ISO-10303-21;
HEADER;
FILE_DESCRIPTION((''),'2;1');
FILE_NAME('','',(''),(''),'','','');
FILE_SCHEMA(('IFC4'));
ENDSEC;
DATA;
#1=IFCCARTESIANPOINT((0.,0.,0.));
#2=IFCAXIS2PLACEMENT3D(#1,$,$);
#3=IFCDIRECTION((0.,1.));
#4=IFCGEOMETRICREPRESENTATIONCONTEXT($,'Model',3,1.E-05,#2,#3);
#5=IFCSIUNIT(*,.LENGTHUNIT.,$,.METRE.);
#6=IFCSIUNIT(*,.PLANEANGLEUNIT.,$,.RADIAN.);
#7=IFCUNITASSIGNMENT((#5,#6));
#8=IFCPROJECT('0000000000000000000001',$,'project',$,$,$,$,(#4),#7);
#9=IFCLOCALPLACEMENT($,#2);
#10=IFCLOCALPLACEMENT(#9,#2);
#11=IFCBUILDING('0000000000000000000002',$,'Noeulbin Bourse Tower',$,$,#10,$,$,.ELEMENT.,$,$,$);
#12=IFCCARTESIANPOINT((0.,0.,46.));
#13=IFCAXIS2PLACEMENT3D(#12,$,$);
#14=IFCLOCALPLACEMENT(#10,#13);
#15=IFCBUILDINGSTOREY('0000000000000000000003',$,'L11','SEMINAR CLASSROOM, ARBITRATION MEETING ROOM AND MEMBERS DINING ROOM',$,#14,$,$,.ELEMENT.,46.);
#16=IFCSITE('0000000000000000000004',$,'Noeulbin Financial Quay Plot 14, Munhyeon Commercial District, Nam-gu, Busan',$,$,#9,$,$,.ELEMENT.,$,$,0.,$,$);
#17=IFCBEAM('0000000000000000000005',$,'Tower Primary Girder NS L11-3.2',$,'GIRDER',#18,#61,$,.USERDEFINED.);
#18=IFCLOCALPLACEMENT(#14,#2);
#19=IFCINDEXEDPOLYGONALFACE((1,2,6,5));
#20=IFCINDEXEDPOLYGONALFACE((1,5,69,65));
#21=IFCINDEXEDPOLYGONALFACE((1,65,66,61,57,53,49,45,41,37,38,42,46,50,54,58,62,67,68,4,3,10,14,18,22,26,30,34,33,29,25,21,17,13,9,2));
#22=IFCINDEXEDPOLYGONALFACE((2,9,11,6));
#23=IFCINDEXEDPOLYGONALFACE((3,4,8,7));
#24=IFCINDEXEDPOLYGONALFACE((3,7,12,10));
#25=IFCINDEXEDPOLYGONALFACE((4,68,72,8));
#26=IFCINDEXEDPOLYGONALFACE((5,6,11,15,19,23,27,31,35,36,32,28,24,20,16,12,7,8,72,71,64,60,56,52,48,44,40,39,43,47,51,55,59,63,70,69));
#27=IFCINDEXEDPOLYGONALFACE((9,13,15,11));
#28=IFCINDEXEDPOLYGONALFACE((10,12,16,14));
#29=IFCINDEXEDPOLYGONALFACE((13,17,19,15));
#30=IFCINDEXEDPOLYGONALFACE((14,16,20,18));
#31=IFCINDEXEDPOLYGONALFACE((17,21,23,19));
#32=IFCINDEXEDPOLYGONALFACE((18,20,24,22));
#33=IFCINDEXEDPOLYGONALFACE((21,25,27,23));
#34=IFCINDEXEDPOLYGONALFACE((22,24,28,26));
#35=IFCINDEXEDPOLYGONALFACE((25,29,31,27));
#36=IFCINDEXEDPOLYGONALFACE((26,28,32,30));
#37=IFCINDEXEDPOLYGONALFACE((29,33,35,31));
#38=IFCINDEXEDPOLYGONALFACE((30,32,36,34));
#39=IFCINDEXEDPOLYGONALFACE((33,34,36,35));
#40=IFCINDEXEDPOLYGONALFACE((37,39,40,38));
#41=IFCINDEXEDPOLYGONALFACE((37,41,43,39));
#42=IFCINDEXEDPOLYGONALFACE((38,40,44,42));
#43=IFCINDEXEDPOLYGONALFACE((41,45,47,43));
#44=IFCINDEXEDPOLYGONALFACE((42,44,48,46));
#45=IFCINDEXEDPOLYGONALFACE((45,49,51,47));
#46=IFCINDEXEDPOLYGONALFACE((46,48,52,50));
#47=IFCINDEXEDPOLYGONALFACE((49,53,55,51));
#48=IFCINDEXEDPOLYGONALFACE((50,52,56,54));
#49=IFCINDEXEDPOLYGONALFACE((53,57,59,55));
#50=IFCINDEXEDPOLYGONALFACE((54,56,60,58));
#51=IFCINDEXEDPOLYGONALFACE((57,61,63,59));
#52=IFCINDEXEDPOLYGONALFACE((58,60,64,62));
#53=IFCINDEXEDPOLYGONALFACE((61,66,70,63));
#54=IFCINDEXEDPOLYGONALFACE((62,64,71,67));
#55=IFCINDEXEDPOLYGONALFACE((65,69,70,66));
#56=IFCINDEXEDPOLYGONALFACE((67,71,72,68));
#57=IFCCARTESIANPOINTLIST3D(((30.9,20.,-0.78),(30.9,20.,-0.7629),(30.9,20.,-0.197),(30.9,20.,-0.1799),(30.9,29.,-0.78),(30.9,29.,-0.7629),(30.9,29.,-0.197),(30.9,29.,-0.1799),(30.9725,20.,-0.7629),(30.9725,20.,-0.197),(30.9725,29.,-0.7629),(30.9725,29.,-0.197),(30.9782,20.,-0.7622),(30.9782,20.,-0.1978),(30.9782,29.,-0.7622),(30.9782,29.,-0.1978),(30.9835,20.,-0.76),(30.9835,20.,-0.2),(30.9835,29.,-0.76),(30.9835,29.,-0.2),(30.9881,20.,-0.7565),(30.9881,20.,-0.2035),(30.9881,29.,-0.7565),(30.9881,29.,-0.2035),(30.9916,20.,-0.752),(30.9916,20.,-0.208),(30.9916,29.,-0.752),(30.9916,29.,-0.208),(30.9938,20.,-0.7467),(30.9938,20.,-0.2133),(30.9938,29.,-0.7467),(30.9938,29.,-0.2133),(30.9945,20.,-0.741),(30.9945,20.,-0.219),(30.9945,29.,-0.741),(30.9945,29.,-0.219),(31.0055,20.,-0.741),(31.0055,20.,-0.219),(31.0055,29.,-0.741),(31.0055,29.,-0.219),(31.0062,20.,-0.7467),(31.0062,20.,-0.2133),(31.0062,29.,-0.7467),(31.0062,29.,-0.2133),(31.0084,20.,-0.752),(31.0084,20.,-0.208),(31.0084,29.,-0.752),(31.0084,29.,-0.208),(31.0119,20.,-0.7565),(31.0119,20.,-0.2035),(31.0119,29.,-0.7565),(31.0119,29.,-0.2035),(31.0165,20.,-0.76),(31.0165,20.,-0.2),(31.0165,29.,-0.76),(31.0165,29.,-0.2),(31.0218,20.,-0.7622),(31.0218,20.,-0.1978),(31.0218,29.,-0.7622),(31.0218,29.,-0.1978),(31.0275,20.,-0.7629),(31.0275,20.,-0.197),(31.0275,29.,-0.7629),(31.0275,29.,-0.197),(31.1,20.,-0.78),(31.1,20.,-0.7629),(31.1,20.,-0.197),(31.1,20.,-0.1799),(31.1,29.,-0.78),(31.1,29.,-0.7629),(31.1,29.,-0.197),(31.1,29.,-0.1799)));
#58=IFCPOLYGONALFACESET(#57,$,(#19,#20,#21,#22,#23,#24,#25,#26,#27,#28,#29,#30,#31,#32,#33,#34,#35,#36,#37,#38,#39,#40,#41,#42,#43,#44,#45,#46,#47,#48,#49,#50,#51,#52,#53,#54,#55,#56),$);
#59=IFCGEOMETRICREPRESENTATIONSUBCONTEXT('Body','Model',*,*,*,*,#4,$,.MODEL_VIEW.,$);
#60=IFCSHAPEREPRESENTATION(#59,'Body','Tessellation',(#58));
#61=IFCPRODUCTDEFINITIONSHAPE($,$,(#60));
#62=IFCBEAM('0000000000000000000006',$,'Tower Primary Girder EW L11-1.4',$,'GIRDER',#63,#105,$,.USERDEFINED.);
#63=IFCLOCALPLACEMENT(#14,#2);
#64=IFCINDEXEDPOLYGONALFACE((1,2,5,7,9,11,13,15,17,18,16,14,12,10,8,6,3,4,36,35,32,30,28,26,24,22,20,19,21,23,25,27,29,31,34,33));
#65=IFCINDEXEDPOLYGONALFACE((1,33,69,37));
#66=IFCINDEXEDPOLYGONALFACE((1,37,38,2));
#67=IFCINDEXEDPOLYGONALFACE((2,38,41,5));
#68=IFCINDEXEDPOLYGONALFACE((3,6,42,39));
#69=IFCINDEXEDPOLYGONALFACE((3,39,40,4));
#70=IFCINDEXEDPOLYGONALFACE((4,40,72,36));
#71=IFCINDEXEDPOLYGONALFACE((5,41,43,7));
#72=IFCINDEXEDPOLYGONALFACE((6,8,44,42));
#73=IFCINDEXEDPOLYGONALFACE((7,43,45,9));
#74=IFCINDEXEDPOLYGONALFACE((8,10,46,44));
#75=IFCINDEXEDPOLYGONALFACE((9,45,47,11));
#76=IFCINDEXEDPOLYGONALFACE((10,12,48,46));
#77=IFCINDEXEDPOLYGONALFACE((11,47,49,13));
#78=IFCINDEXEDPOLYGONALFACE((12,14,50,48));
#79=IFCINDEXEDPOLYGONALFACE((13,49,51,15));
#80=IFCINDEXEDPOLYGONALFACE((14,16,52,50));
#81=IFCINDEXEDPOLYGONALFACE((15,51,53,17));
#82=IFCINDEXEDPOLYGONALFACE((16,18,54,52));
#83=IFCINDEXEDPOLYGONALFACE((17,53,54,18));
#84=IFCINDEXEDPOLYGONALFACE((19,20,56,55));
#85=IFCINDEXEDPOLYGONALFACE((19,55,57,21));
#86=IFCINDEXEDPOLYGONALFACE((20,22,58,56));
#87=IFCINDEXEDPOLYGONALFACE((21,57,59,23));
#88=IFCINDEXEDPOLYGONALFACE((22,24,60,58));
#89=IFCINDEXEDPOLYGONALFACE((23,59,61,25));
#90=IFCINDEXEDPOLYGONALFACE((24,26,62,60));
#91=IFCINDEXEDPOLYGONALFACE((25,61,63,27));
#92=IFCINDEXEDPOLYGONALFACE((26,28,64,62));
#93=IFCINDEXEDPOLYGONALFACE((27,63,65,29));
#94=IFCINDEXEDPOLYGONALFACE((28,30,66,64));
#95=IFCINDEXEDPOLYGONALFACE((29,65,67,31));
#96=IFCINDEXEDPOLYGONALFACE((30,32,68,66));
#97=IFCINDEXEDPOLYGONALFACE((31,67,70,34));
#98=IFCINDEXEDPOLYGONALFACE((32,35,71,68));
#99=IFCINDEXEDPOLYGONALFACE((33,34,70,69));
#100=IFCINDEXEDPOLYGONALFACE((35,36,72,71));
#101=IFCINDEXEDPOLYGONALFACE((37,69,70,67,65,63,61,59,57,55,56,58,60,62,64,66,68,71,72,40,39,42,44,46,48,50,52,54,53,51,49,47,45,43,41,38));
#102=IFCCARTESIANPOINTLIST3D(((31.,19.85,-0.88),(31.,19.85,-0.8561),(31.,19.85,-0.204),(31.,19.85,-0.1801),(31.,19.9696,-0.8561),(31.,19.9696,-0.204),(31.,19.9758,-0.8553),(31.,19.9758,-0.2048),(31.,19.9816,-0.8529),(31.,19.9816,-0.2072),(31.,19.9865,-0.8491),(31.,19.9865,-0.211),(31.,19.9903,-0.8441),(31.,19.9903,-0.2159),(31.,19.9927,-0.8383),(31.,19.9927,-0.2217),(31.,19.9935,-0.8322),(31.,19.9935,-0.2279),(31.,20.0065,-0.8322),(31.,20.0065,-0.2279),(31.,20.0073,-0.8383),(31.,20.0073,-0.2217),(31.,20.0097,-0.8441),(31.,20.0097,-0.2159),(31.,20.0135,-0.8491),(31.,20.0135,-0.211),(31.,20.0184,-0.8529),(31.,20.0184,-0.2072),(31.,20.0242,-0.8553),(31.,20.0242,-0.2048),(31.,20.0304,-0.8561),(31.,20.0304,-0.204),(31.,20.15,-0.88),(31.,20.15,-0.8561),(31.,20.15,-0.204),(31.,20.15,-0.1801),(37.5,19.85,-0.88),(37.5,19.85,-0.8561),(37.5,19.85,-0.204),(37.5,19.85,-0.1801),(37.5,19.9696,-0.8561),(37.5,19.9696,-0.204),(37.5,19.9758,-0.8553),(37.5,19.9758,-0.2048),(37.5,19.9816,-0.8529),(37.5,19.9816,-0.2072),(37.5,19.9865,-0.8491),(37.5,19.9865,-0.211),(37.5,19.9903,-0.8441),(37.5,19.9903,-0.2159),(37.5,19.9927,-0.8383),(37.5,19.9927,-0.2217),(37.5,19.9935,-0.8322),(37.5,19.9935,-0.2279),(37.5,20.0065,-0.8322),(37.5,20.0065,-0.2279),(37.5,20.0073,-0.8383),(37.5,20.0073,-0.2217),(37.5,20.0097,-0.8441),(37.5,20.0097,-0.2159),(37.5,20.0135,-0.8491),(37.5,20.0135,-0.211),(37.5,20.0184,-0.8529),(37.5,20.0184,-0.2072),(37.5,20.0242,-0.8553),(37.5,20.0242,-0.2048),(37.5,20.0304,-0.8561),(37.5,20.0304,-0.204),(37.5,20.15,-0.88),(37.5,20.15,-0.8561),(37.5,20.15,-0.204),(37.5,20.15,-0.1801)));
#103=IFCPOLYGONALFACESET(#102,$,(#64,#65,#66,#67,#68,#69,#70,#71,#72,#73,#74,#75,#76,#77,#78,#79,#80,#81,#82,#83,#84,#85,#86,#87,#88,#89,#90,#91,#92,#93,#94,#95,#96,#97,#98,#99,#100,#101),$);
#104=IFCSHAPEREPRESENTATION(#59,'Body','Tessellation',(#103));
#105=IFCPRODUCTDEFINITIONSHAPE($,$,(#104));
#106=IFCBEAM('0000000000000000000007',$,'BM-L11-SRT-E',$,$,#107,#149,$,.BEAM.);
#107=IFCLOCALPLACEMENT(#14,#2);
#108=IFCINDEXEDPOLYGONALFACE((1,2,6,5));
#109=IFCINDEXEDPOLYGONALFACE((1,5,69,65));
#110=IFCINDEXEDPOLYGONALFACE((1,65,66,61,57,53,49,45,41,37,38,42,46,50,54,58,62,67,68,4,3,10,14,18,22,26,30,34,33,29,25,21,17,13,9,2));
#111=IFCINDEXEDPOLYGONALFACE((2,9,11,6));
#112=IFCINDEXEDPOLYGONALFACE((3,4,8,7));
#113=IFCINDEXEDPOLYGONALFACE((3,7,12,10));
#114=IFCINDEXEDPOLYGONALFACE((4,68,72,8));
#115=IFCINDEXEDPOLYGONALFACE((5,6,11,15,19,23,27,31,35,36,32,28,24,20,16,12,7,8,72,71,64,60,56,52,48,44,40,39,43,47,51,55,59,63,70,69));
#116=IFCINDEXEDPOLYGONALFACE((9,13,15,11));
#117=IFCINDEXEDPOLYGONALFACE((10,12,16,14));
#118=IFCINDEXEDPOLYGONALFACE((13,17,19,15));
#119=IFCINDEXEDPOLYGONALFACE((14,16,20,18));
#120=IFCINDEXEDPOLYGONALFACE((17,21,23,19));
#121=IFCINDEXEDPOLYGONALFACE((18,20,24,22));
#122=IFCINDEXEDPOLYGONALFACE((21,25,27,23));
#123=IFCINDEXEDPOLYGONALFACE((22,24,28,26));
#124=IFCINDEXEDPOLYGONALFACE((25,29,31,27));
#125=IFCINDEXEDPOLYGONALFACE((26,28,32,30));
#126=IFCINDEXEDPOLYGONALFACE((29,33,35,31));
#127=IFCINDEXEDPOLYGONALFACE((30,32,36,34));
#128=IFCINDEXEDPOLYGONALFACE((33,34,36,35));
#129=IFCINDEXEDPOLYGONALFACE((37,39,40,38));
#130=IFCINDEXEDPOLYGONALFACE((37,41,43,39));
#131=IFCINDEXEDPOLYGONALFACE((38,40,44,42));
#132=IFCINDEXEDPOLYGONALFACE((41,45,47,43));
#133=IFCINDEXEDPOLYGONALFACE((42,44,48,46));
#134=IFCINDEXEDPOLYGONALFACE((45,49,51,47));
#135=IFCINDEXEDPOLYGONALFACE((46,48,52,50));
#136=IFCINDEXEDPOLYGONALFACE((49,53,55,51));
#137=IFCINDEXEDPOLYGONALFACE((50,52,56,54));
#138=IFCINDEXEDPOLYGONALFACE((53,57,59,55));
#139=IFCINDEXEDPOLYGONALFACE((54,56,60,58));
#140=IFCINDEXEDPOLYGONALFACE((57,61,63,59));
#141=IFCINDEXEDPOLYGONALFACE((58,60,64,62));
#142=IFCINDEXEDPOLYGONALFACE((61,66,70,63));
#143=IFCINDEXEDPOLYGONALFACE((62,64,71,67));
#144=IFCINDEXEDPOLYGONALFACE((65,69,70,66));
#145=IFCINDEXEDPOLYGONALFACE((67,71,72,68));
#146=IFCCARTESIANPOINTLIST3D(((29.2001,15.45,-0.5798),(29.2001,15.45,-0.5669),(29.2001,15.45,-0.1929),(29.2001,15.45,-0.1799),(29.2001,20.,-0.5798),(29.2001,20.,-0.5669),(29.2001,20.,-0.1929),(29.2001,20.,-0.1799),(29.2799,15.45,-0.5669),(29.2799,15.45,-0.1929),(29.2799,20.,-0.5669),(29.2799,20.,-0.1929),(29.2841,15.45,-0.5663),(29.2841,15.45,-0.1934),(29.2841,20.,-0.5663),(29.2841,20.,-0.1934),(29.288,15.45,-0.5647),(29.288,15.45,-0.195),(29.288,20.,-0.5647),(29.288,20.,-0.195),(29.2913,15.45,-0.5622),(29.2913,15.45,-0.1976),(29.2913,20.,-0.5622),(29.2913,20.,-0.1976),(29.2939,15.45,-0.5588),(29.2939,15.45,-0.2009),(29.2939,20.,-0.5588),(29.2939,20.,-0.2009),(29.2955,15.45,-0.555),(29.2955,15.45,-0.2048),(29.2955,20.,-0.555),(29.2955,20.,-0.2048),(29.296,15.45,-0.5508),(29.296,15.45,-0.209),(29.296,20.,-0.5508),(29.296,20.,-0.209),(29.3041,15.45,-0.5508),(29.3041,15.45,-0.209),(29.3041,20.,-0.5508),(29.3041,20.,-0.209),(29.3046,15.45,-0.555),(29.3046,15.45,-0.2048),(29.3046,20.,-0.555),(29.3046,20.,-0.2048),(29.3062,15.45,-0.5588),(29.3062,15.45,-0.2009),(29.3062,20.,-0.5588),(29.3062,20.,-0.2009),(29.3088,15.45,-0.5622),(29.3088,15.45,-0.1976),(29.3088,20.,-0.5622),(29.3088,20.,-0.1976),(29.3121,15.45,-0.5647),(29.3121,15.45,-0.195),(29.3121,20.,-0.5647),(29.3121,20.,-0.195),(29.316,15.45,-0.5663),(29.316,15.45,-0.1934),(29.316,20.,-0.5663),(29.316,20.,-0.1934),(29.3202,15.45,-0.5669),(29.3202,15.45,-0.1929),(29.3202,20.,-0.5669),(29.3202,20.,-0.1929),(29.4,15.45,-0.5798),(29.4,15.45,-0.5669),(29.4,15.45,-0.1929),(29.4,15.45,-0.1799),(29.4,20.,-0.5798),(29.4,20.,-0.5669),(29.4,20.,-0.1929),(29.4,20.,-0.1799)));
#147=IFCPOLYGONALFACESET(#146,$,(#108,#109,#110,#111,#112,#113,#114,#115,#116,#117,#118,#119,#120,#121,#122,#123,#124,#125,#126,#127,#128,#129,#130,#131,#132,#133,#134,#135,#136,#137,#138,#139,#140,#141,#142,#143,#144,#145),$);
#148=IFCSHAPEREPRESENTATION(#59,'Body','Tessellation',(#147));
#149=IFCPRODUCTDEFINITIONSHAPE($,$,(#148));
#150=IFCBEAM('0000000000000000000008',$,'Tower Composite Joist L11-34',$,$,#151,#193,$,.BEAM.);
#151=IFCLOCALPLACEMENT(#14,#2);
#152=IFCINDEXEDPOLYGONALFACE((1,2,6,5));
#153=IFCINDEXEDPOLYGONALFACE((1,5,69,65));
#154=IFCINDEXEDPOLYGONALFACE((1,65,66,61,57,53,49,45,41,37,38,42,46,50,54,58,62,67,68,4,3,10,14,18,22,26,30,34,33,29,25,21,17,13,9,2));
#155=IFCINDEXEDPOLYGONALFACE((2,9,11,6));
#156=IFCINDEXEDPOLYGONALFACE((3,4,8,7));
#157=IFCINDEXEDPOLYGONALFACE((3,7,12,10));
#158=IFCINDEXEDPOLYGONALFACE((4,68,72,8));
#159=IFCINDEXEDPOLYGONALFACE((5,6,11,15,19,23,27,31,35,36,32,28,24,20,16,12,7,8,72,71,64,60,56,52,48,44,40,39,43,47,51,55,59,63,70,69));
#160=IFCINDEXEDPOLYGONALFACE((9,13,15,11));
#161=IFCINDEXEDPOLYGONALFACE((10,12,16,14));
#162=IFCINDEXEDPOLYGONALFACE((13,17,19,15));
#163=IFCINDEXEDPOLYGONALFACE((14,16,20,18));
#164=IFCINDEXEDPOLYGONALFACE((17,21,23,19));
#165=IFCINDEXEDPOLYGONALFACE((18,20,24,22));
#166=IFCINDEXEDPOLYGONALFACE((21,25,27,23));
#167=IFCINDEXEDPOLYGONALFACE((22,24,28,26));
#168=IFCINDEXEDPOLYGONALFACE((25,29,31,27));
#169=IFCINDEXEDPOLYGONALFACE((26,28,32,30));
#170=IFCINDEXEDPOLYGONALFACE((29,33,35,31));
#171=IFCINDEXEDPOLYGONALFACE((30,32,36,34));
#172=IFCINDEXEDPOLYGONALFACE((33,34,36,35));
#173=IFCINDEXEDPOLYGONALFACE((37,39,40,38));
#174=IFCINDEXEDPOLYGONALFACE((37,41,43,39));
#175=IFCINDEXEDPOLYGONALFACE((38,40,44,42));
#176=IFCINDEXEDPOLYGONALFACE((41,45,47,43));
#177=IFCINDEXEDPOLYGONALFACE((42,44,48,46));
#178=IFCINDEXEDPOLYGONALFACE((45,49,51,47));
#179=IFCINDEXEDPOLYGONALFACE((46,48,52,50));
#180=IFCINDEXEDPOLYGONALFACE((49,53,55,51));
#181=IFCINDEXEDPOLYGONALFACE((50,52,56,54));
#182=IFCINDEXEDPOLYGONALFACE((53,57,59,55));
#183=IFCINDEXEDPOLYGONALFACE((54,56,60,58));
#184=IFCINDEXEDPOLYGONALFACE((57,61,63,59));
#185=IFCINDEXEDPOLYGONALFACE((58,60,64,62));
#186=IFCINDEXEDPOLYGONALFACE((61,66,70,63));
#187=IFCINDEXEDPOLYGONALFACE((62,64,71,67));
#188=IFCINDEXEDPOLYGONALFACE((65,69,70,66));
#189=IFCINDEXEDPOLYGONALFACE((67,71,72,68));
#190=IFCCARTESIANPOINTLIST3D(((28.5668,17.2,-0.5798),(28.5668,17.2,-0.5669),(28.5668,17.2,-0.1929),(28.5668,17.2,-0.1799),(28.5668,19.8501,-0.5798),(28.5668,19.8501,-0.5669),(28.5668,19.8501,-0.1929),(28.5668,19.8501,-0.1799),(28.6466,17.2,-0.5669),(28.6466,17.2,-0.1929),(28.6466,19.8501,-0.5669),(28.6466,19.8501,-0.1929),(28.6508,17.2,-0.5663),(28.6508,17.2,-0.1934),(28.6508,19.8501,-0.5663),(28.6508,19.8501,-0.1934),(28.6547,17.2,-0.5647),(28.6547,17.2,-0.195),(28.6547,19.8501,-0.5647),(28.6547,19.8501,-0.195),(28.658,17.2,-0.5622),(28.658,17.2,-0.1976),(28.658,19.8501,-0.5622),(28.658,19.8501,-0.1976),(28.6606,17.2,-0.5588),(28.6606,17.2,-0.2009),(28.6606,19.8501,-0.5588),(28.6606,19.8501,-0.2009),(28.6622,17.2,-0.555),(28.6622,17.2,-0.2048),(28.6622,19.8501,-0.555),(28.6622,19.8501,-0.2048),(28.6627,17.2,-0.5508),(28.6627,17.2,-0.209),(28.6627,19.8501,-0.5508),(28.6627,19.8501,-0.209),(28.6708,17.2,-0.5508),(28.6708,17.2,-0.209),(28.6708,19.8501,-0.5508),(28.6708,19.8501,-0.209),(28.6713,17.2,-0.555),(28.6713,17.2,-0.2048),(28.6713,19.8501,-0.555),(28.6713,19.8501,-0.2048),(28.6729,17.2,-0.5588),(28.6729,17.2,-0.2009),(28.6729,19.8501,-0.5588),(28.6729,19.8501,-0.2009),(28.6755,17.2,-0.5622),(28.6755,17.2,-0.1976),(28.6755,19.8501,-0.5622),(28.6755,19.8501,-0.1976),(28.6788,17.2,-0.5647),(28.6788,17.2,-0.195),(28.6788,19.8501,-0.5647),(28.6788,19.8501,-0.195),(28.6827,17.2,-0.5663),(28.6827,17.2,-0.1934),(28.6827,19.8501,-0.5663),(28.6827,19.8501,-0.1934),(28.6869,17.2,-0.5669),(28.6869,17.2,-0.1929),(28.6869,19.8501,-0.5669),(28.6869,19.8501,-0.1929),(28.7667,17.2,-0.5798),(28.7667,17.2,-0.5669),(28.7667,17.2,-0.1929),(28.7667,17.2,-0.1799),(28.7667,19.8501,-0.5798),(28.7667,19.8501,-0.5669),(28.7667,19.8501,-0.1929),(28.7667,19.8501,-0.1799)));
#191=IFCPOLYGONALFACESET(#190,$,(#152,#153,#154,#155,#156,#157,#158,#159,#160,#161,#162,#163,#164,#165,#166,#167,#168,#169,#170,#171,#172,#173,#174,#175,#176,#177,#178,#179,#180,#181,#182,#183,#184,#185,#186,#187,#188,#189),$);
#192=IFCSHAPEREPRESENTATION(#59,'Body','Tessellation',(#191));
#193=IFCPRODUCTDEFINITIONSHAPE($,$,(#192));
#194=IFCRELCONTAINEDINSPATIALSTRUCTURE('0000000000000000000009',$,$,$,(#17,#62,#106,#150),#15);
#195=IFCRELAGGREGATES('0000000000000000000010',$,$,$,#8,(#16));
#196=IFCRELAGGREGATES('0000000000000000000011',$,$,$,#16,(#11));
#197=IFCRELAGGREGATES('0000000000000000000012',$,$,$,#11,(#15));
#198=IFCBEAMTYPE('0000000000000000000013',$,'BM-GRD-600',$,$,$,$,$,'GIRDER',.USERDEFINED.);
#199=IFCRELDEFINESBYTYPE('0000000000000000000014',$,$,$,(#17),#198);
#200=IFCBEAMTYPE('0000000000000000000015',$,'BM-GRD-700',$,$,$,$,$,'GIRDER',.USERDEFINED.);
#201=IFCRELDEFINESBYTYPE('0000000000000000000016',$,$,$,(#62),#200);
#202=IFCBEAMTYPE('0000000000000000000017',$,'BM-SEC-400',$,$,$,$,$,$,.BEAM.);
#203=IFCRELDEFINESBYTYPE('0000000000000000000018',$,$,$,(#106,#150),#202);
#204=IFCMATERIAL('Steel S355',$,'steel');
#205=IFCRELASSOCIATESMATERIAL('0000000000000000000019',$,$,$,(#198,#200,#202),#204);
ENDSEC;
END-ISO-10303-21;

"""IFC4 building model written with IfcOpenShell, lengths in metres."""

from ifc_helpers import new_model, si_unit, direction, frame, origin, origin_2d, place, context, subcontext, project, spatial, i_section, extrude, material, material_profile, profile_set, type_object, element, save


model = new_model("IFC4")

# Units and contexts
model_context = context("Model", 3, precision=1e-05, world=origin(), true_north=direction((0.0, 1.0)))
body_context = subcontext(model_context, "Body", "Model", "MODEL_VIEW")
ifc_project = project(units=[si_unit("LENGTHUNIT", "METRE"), si_unit("PLANEANGLEUNIT", "RADIAN")], contexts=[model_context])

# Site, building, storey
site_placement = place(None, origin())
site = spatial("IfcSite", under=ifc_project, at=site_placement, Name="Noeulbin Financial Quay Plot 14, Munhyeon Commercial District, Nam-gu, Busan", CompositionType="ELEMENT", RefElevation=0.0)
building_placement = place(site_placement, origin())
building = spatial("IfcBuilding", under=site, at=building_placement, Name="Noeulbin Bourse Tower", CompositionType="ELEMENT")
storey_placement = place(building_placement, frame((0.0, 0.0, 46.0)))
storey = spatial("IfcBuildingStorey", under=building, at=storey_placement, Name="L11", Description="SEMINAR CLASSROOM, ARBITRATION MEETING ROOM AND MEMBERS DINING ROOM", CompositionType="ELEMENT", Elevation=46.0)

# Beams
ifc_material_1 = material(Name="Steel S355", Category="steel")
ifc_material_profile_1 = material_profile(ifc_material_1, i_section(OverallWidth=0.2, OverallDepth=0.6001, WebThickness=0.011, FlangeThickness=0.0171, FilletRadius=0.022, at=origin_2d()), Name="H-600x200x11x17", Category="LoadBearing")
ifc_profile_set_1 = profile_set([ifc_material_profile_1], Name="Steel S355")
beam_type_1 = type_object("IfcBeamType", Name="BM-GRD-600", ElementType="GIRDER", PredefinedType="USERDEFINED", material=ifc_profile_set_1)
beam_1_placement = place(storey_placement, frame((31.0, 20.0, -0.48), z_axis=(0.0, 1.0, 0.0), x_axis=(-1.0, 0.0, 0.0)))
element("IfcBeam", 1, at=beam_1_placement, inside=storey, type_object=beam_type_1, Name="Tower Primary Girder NS L11-3.2", ObjectType="GIRDER", PredefinedType="USERDEFINED", context=body_context, shape_type="SweptSolid", body=[
    extrude(i_section(OverallWidth=0.2, OverallDepth=0.6001, WebThickness=0.011, FlangeThickness=0.0171, FilletRadius=0.022, at=origin_2d()), origin(), (0.0, 0.0, 1.0), 9.0),
])
ifc_material_profile_2 = material_profile(ifc_material_1, i_section(OverallWidth=0.3, OverallDepth=0.7, WebThickness=0.0129, FlangeThickness=0.0239, FilletRadius=0.0239, at=origin_2d()), Name="H-700x300x13x24", Category="LoadBearing")
ifc_profile_set_2 = profile_set([ifc_material_profile_2], Name="Steel S355")
beam_type_2 = type_object("IfcBeamType", Name="BM-GRD-700", ElementType="GIRDER", PredefinedType="USERDEFINED", material=ifc_profile_set_2)
beam_2_placement = place(storey_placement, frame((31.0, 20.0, -0.53), z_axis=(1.0, 0.0, 0.0), x_axis=(0.0, 1.0, 0.0)))
element("IfcBeam", 2, at=beam_2_placement, inside=storey, type_object=beam_type_2, Name="Tower Primary Girder EW L11-1.4", ObjectType="GIRDER", PredefinedType="USERDEFINED", context=body_context, shape_type="SweptSolid", body=[
    extrude(i_section(OverallWidth=0.3, OverallDepth=0.7, WebThickness=0.0129, FlangeThickness=0.0239, FilletRadius=0.0239, at=origin_2d()), origin(), (0.0, 0.0, 1.0), 6.5),
])
ifc_material_profile_3 = material_profile(ifc_material_1, i_section(OverallWidth=0.2, OverallDepth=0.3999, WebThickness=0.0081, FlangeThickness=0.0129, FilletRadius=0.0161, at=origin_2d()), Name="H-400x200x8x13", Category="LoadBearing")
ifc_profile_set_3 = profile_set([ifc_material_profile_3], Name="Steel S355")
beam_type_3 = type_object("IfcBeamType", Name="BM-SEC-400", PredefinedType="BEAM", material=ifc_profile_set_3)
beam_3_placement = place(storey_placement, frame((29.3, 15.45, -0.3799), z_axis=(0.0, 1.0, 0.0), x_axis=(-1.0, 0.0, 0.0)))
element("IfcBeam", 3, at=beam_3_placement, inside=storey, type_object=beam_type_3, Name="BM-L11-SRT-E", PredefinedType="BEAM", context=body_context, shape_type="SweptSolid", body=[
    extrude(i_section(OverallWidth=0.2, OverallDepth=0.3999, WebThickness=0.0081, FlangeThickness=0.0129, FilletRadius=0.0161, at=origin_2d()), origin(), (0.0, 0.0, 1.0), 4.55),
])
beam_4_placement = place(storey_placement, frame((28.6667, 17.2, -0.3799), z_axis=(0.0, 1.0, 0.0), x_axis=(-1.0, 0.0, 0.0)))
element("IfcBeam", 4, at=beam_4_placement, inside=storey, type_object=beam_type_3, Name="Tower Composite Joist L11-34", PredefinedType="BEAM", context=body_context, shape_type="SweptSolid", body=[
    extrude(i_section(OverallWidth=0.2, OverallDepth=0.3999, WebThickness=0.0081, FlangeThickness=0.0129, FilletRadius=0.0161, at=origin_2d()), origin(), (0.0, 0.0, 1.0), 2.6501),
])

save(model, "model.ifc")
